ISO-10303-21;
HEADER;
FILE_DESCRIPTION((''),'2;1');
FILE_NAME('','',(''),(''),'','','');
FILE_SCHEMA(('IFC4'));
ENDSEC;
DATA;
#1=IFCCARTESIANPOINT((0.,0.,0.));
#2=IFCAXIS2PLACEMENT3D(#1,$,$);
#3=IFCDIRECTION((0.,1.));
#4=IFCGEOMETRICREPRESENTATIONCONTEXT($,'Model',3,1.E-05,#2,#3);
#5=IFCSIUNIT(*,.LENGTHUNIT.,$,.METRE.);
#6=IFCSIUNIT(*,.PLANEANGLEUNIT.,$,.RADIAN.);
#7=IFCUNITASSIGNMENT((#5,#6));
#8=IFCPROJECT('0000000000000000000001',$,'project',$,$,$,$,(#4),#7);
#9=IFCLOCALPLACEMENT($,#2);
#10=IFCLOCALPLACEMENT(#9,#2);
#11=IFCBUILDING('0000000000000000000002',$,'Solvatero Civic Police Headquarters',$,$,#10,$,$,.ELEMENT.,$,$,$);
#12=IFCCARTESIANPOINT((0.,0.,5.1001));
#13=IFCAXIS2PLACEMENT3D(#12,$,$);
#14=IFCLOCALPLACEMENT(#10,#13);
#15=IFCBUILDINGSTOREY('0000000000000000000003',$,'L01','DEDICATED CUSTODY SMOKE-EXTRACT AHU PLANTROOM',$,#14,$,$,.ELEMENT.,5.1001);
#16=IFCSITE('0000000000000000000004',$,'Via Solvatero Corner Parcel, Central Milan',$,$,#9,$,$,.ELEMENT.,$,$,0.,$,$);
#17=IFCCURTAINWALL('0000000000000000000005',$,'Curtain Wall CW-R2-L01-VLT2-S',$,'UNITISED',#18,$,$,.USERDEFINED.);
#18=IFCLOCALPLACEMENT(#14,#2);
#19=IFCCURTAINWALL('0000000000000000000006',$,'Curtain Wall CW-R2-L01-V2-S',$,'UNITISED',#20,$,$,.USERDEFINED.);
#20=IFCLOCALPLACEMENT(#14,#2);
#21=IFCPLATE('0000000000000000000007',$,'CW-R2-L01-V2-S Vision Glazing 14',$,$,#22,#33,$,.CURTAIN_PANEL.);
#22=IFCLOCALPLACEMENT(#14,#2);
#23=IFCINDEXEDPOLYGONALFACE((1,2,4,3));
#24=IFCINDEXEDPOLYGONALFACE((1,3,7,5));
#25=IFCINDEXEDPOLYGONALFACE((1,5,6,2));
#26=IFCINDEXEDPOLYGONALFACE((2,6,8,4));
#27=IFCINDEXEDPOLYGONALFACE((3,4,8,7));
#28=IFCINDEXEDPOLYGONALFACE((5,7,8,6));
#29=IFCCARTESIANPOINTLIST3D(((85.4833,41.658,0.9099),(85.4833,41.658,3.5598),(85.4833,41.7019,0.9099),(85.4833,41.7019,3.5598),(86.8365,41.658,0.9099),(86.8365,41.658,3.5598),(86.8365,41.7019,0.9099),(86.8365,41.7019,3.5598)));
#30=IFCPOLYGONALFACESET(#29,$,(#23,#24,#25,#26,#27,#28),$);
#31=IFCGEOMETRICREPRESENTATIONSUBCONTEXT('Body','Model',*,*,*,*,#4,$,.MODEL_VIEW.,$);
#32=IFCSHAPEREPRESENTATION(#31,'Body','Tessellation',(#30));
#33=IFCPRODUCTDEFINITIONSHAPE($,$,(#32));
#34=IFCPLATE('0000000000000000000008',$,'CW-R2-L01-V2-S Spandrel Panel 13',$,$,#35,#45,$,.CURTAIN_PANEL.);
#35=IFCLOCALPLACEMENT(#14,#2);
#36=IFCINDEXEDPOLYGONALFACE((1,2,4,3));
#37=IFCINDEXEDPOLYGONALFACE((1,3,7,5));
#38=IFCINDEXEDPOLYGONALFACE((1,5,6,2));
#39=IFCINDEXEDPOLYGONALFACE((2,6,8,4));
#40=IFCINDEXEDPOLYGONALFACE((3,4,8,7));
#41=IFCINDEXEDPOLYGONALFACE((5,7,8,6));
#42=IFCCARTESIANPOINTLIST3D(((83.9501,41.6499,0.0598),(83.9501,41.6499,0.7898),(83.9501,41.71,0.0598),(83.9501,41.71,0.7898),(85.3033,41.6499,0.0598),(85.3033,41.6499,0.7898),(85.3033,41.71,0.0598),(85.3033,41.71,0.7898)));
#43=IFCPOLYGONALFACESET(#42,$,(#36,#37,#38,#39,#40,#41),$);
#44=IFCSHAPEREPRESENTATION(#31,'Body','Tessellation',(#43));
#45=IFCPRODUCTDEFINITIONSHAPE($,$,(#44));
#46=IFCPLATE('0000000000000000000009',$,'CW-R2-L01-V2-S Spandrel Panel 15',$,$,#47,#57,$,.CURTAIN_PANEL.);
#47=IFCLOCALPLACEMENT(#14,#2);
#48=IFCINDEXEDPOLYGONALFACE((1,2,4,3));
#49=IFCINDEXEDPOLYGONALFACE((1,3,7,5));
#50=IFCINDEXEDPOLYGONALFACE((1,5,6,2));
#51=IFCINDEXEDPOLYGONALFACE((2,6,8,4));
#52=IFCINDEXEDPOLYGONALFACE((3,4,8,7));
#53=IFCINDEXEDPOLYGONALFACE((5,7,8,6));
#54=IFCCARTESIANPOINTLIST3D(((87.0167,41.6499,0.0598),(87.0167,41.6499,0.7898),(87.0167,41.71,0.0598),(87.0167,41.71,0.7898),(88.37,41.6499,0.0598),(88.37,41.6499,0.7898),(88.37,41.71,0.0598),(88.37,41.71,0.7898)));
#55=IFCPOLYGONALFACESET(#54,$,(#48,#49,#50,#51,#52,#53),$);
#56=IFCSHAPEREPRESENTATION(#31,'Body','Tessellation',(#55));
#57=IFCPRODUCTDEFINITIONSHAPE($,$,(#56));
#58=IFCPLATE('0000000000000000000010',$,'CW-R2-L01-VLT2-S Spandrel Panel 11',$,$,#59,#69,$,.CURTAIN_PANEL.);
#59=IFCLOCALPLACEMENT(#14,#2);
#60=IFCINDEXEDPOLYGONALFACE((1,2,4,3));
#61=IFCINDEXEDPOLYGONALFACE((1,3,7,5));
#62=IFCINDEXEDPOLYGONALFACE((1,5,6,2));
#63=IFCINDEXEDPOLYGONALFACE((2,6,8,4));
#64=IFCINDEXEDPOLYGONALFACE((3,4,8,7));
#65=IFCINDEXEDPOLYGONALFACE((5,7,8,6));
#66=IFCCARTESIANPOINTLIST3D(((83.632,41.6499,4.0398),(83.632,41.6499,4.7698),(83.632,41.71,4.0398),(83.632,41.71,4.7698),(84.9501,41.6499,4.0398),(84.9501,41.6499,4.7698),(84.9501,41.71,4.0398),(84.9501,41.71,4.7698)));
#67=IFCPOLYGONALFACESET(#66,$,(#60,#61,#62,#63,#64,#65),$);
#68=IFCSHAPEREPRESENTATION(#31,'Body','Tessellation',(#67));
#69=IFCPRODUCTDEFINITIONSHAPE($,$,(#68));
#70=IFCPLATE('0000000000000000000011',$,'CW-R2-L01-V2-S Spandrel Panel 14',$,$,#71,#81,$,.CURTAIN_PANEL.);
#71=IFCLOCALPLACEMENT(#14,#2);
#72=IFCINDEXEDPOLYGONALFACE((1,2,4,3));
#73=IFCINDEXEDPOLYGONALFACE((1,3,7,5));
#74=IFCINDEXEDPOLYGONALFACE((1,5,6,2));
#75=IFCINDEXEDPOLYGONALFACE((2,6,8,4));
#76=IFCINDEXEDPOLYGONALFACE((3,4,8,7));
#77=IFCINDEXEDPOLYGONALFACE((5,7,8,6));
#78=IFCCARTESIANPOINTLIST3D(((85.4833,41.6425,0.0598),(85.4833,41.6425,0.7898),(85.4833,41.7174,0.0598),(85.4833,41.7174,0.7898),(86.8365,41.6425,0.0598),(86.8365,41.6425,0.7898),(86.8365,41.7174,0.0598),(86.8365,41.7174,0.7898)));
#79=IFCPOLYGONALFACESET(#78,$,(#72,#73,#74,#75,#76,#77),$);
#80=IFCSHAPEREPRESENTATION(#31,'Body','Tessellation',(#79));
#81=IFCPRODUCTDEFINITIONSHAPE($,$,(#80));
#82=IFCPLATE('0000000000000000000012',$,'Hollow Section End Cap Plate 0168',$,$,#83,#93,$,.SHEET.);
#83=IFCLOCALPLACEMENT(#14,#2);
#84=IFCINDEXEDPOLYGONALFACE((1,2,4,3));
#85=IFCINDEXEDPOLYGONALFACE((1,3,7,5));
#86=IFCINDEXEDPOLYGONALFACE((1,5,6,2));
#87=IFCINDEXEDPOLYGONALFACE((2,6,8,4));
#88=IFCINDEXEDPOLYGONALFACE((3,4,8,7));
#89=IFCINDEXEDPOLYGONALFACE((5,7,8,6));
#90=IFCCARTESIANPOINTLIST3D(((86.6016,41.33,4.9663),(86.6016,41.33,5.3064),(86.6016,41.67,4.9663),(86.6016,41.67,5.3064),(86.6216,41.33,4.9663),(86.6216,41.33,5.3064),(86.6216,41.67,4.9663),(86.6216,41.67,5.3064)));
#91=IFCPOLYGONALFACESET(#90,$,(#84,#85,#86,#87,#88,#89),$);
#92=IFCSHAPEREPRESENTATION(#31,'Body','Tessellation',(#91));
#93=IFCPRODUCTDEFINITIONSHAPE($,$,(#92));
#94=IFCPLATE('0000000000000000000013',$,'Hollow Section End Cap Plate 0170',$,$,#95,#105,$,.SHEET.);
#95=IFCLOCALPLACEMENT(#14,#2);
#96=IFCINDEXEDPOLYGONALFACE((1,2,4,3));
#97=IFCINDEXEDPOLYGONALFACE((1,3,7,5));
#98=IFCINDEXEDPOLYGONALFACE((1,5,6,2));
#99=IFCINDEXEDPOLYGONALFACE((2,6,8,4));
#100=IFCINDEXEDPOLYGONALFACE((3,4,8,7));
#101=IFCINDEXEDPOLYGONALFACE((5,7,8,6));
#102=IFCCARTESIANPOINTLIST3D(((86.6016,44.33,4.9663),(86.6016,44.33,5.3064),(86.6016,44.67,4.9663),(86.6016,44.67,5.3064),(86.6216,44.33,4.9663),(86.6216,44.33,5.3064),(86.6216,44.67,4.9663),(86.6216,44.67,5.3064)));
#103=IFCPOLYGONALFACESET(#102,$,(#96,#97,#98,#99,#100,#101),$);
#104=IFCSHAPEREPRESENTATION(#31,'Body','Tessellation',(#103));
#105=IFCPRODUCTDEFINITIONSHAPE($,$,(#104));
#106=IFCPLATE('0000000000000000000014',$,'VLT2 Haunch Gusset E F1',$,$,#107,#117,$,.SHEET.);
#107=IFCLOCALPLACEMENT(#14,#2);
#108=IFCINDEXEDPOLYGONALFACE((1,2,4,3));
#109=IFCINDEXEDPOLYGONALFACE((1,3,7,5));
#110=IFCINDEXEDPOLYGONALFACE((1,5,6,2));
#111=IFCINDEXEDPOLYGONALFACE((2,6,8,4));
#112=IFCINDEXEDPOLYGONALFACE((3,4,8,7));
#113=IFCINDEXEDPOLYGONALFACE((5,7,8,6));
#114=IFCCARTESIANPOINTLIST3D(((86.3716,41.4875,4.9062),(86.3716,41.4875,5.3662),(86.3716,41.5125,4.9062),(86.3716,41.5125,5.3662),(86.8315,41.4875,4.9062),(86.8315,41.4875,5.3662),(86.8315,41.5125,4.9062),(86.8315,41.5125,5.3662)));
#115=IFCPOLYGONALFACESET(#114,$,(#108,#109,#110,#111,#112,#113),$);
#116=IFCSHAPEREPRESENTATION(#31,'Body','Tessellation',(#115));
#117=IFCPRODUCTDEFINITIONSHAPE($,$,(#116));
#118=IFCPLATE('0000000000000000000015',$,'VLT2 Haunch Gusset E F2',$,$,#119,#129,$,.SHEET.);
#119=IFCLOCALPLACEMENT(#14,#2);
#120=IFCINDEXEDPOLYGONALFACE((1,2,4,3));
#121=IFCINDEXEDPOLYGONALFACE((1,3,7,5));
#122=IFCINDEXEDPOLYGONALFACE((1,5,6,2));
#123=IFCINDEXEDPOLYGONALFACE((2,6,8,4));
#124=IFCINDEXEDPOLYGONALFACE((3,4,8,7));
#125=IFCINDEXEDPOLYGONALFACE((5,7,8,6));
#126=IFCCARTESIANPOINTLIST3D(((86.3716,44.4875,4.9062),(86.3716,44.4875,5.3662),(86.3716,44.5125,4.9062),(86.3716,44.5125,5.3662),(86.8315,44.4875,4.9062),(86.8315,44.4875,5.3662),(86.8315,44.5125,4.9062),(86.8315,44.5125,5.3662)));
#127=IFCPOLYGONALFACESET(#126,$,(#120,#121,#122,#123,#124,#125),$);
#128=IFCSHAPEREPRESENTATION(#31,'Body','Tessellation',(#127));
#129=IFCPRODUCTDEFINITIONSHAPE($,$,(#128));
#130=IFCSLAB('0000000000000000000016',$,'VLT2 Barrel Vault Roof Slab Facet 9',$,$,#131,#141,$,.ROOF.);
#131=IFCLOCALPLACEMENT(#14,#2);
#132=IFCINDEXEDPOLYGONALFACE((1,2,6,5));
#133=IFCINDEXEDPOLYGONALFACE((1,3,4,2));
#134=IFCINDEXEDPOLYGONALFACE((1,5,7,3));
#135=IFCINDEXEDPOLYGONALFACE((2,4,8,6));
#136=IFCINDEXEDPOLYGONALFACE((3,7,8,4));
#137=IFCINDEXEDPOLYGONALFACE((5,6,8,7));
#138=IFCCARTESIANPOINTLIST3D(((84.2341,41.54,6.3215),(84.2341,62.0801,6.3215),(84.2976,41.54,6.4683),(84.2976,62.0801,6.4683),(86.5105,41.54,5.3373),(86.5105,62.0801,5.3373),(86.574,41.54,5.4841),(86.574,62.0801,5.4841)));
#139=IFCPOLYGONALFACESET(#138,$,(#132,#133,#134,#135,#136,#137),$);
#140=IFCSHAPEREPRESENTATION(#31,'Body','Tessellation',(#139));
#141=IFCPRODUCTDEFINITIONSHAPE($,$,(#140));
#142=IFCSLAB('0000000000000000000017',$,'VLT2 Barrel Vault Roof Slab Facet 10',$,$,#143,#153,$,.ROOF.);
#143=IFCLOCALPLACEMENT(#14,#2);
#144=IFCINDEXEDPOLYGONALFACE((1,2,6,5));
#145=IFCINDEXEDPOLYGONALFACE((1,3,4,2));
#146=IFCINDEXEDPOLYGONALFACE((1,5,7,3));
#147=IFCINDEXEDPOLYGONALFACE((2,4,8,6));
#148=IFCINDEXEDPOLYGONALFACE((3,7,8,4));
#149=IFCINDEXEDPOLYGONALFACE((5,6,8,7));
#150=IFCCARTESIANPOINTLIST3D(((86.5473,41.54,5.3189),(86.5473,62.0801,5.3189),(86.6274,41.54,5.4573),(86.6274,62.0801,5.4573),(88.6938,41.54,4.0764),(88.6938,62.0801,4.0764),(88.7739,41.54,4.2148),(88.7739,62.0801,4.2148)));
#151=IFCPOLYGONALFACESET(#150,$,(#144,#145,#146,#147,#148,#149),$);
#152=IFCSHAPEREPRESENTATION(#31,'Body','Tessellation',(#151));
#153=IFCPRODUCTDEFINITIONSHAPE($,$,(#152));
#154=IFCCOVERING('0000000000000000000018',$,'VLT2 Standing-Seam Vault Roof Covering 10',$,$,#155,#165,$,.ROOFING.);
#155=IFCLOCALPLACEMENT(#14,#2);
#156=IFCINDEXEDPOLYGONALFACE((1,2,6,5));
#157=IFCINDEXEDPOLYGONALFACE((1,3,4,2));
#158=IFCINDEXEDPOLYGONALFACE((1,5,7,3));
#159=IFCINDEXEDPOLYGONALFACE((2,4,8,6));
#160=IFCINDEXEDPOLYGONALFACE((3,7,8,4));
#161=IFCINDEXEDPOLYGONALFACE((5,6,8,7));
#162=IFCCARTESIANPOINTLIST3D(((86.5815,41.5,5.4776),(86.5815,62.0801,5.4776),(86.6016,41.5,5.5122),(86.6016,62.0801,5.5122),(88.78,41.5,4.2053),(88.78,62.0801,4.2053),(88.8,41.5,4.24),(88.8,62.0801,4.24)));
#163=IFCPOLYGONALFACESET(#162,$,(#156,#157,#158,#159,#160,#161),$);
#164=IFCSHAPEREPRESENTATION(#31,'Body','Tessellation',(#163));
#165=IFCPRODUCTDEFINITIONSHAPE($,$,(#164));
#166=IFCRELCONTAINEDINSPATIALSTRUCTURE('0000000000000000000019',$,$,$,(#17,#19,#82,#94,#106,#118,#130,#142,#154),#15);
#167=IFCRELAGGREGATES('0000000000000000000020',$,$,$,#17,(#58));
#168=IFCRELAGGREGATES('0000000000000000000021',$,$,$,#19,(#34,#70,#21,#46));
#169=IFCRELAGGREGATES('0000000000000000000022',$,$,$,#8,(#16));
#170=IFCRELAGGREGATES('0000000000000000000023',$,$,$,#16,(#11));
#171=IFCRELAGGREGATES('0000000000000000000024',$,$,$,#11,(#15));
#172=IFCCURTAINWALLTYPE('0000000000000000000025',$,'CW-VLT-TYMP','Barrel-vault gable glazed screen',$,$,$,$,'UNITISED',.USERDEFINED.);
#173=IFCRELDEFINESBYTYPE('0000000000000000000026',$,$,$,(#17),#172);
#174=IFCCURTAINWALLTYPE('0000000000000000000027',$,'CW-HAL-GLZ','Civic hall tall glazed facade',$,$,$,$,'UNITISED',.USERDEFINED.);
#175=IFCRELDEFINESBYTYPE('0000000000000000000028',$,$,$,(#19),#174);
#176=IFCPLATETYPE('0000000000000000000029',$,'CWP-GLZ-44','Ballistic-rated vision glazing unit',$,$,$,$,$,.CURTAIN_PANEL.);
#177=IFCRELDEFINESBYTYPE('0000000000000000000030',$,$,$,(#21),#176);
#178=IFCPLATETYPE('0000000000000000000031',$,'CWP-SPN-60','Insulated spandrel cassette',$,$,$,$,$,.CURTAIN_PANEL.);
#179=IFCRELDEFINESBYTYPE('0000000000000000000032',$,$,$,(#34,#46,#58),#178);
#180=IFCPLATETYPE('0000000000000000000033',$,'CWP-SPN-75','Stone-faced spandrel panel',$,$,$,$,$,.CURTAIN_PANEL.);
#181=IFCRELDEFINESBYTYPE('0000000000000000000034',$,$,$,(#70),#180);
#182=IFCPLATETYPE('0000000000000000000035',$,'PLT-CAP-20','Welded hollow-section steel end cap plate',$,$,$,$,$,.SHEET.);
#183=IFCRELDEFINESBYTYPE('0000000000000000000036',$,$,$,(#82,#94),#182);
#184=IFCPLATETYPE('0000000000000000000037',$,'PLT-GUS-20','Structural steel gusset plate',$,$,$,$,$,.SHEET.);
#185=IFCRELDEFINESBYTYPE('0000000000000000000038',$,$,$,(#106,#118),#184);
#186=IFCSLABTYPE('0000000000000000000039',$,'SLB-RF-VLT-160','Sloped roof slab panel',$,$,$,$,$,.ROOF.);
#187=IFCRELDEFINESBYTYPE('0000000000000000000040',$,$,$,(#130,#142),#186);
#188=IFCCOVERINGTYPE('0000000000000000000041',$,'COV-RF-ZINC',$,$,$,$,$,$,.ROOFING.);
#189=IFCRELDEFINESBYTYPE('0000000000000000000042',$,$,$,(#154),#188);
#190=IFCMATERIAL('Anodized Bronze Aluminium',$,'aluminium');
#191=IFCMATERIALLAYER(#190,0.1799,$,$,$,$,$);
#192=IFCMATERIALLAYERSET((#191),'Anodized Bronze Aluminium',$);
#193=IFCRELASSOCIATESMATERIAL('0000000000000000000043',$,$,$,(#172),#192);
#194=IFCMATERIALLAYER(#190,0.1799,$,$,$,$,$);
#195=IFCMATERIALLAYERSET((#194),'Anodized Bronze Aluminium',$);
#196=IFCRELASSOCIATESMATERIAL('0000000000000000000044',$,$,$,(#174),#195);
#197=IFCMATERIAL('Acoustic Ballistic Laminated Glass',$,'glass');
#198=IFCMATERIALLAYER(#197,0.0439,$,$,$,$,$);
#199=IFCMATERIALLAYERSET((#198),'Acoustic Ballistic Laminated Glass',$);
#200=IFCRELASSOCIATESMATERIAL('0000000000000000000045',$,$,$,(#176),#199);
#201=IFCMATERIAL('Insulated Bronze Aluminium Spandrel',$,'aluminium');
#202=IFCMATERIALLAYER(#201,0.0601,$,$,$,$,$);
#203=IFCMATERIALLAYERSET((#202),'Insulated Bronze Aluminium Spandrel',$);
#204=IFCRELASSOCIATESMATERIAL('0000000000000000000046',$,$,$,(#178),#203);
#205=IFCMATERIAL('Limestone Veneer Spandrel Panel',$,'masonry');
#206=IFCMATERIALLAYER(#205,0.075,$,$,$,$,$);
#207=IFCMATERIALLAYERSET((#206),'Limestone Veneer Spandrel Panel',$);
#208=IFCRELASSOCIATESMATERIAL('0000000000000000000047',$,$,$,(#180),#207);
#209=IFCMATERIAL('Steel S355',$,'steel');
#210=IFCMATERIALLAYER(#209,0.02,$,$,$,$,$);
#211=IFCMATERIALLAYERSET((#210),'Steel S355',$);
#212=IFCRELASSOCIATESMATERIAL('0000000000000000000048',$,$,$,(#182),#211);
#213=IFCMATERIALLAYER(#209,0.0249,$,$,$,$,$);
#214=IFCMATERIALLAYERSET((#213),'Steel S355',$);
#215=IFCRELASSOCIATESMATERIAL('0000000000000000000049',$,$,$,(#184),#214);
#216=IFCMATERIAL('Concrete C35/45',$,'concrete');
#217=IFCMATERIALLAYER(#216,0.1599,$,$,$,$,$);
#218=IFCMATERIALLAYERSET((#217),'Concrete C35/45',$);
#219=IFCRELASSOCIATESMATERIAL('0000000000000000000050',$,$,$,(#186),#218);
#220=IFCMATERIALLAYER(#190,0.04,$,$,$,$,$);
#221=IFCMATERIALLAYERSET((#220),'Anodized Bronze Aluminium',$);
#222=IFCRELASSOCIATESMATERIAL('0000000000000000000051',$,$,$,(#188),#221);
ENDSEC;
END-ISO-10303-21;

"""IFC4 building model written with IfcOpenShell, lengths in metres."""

from ifc_helpers import new_model, si_unit, direction, frame, origin, origin_2d, place, context, subcontext, project, spatial, polyline, rectangle, outline, extrude, material, layer, layer_set, type_object, element, aggregate, save


model = new_model("IFC4")

# Units and contexts
model_context = context("Model", 3, precision=1e-05, world=origin(), true_north=direction((0.0, 1.0)))
body_context = subcontext(model_context, "Body", "Model", "MODEL_VIEW")
ifc_project = project(units=[si_unit("LENGTHUNIT", "METRE"), si_unit("PLANEANGLEUNIT", "RADIAN")], contexts=[model_context])

# Site, building, storey
site_placement = place(None, origin())
site = spatial("IfcSite", under=ifc_project, at=site_placement, Name="Via Solvatero Corner Parcel, Central Milan", CompositionType="ELEMENT", RefElevation=0.0)
building_placement = place(site_placement, origin())
building = spatial("IfcBuilding", under=site, at=building_placement, Name="Solvatero Civic Police Headquarters", CompositionType="ELEMENT")
storey_placement = place(building_placement, frame((0.0, 0.0, 5.1001)))
storey = spatial("IfcBuildingStorey", under=building, at=storey_placement, Name="L01", Description="DEDICATED CUSTODY SMOKE-EXTRACT AHU PLANTROOM", CompositionType="ELEMENT", Elevation=5.1001)

# Shared definitions
ifc_material_1 = material(Name="Steel S355", Category="steel")

# Curtain wall
ifc_material_2 = material(Name="Anodized Bronze Aluminium", Category="aluminium")
ifc_layer_1 = layer(ifc_material_2, 0.1799)
ifc_layer_set_1 = layer_set([ifc_layer_1], Name="Anodized Bronze Aluminium")
curtain_wall_type_1 = type_object("IfcCurtainWallType", Name="CW-VLT-TYMP", Description="Barrel-vault gable glazed screen", ElementType="UNITISED", PredefinedType="USERDEFINED", material=ifc_layer_set_1)
curtain_wall_1_placement = place(storey_placement, origin())
curtain_wall_1 = element("IfcCurtainWall", 1, at=curtain_wall_1_placement, inside=storey, type_object=curtain_wall_type_1, Name="Curtain Wall CW-R2-L01-VLT2-S", ObjectType="UNITISED", PredefinedType="USERDEFINED")

# Curtain wall
ifc_layer_2 = layer(ifc_material_2, 0.1799)
ifc_layer_set_2 = layer_set([ifc_layer_2], Name="Anodized Bronze Aluminium")
curtain_wall_type_2 = type_object("IfcCurtainWallType", Name="CW-HAL-GLZ", Description="Civic hall tall glazed facade", ElementType="UNITISED", PredefinedType="USERDEFINED", material=ifc_layer_set_2)
curtain_wall_2_placement = place(storey_placement, origin())
curtain_wall_2 = element("IfcCurtainWall", 2, at=curtain_wall_2_placement, inside=storey, type_object=curtain_wall_type_2, Name="Curtain Wall CW-R2-L01-V2-S", ObjectType="UNITISED", PredefinedType="USERDEFINED")

# Plates
ifc_material_3 = material(Name="Acoustic Ballistic Laminated Glass", Category="glass")
ifc_layer_3 = layer(ifc_material_3, 0.0439)
ifc_layer_set_3 = layer_set([ifc_layer_3], Name="Acoustic Ballistic Laminated Glass")
plate_type_1 = type_object("IfcPlateType", Name="CWP-GLZ-44", Description="Ballistic-rated vision glazing unit", PredefinedType="CURTAIN_PANEL", material=ifc_layer_set_3)
plate_1_placement = place(storey_placement, frame((86.1599, 41.6799, 0.9099), z_axis=(0.0, 0.0, 1.0), x_axis=(1.0, 0.0, 0.0)))
plate_1 = element("IfcPlate", 3, at=plate_1_placement, type_object=plate_type_1, Name="CW-R2-L01-V2-S Vision Glazing 14", PredefinedType="CURTAIN_PANEL", context=body_context, shape_type="SweptSolid", body=[
    extrude(rectangle(XDim=1.3533, YDim=0.0439, at=origin_2d()), origin(), (0.0, 0.0, 1.0), 2.6499),
])
ifc_material_4 = material(Name="Insulated Bronze Aluminium Spandrel", Category="aluminium")
ifc_layer_4 = layer(ifc_material_4, 0.0601)
ifc_layer_set_4 = layer_set([ifc_layer_4], Name="Insulated Bronze Aluminium Spandrel")
plate_type_2 = type_object("IfcPlateType", Name="CWP-SPN-60", Description="Insulated spandrel cassette", PredefinedType="CURTAIN_PANEL", material=ifc_layer_set_4)
plate_2_placement = place(storey_placement, frame((84.6267, 41.6799, 0.0598), z_axis=(0.0, 0.0, 1.0), x_axis=(1.0, 0.0, 0.0)))
plate_2 = element("IfcPlate", 4, at=plate_2_placement, type_object=plate_type_2, Name="CW-R2-L01-V2-S Spandrel Panel 13", PredefinedType="CURTAIN_PANEL", context=body_context, shape_type="SweptSolid", body=[
    extrude(rectangle(XDim=1.3533, YDim=0.0601, at=origin_2d()), origin(), (0.0, 0.0, 1.0), 0.73),
])
plate_3_placement = place(storey_placement, frame((87.6934, 41.6799, 0.0598), z_axis=(0.0, 0.0, 1.0), x_axis=(1.0, 0.0, 0.0)))
plate_3 = element("IfcPlate", 5, at=plate_3_placement, type_object=plate_type_2, Name="CW-R2-L01-V2-S Spandrel Panel 15", PredefinedType="CURTAIN_PANEL", context=body_context, shape_type="SweptSolid", body=[
    extrude(rectangle(XDim=1.3533, YDim=0.0601, at=origin_2d()), origin(), (0.0, 0.0, 1.0), 0.73),
])
plate_4_placement = place(storey_placement, frame((84.291, 41.6799, 4.0398), z_axis=(0.0, 0.0, 1.0), x_axis=(1.0, 0.0, 0.0)))
plate_4 = element("IfcPlate", 6, at=plate_4_placement, type_object=plate_type_2, Name="CW-R2-L01-VLT2-S Spandrel Panel 11", PredefinedType="CURTAIN_PANEL", context=body_context, shape_type="SweptSolid", body=[
    extrude(rectangle(XDim=1.3181, YDim=0.0601, at=origin_2d()), origin(), (0.0, 0.0, 1.0), 0.73),
])
aggregate(curtain_wall_1, [plate_4])
ifc_material_5 = material(Name="Limestone Veneer Spandrel Panel", Category="masonry")
ifc_layer_5 = layer(ifc_material_5, 0.075)
ifc_layer_set_5 = layer_set([ifc_layer_5], Name="Limestone Veneer Spandrel Panel")
plate_type_3 = type_object("IfcPlateType", Name="CWP-SPN-75", Description="Stone-faced spandrel panel", PredefinedType="CURTAIN_PANEL", material=ifc_layer_set_5)
plate_5_placement = place(storey_placement, frame((86.1599, 41.6799, 0.0598), z_axis=(0.0, 0.0, 1.0), x_axis=(1.0, 0.0, 0.0)))
plate_5 = element("IfcPlate", 7, at=plate_5_placement, type_object=plate_type_3, Name="CW-R2-L01-V2-S Spandrel Panel 14", PredefinedType="CURTAIN_PANEL", context=body_context, shape_type="SweptSolid", body=[
    extrude(rectangle(XDim=1.3533, YDim=0.075, at=origin_2d()), origin(), (0.0, 0.0, 1.0), 0.73),
])
aggregate(curtain_wall_2, [plate_2, plate_5, plate_1, plate_3])

# Plates
ifc_layer_6 = layer(ifc_material_1, 0.02)
ifc_layer_set_6 = layer_set([ifc_layer_6], Name="Steel S355")
plate_type_4 = type_object("IfcPlateType", Name="PLT-CAP-20", Description="Welded hollow-section steel end cap plate", PredefinedType="SHEET", material=ifc_layer_set_6)
for number, where, z_axis, x_axis, name in (
    (8, (86.6116, 41.5, 4.9663), (0.0, 0.0, 1.0), (1.0, 0.0, 0.0), "Hollow Section End Cap Plate 0168"),
    (9, (86.6116, 44.5, 4.9663), (0.0, 0.0, 1.0), (1.0, 0.0, 0.0), "Hollow Section End Cap Plate 0170"),
):
    element("IfcPlate", number, at=place(storey_placement, frame(where, z_axis=z_axis, x_axis=x_axis)), inside=storey, type_object=plate_type_4, Name=name, PredefinedType="SHEET", context=body_context, shape_type="SweptSolid", body=[
        extrude(rectangle(XDim=0.02, YDim=0.3401, at=origin_2d()), origin(), (0.0, 0.0, 1.0), 0.3401),
    ])
ifc_layer_7 = layer(ifc_material_1, 0.0249)
ifc_layer_set_7 = layer_set([ifc_layer_7], Name="Steel S355")
plate_type_5 = type_object("IfcPlateType", Name="PLT-GUS-20", Description="Structural steel gusset plate", PredefinedType="SHEET", material=ifc_layer_set_7)
for number, where, z_axis, x_axis, name in (
    (10, (86.6016, 41.5, 4.9062), (0.0, 0.0, 1.0), (1.0, 0.0, 0.0), "VLT2 Haunch Gusset E F1"),
    (11, (86.6016, 44.5, 4.9062), (0.0, 0.0, 1.0), (1.0, 0.0, 0.0), "VLT2 Haunch Gusset E F2"),
):
    element("IfcPlate", number, at=place(storey_placement, frame(where, z_axis=z_axis, x_axis=x_axis)), inside=storey, type_object=plate_type_5, Name=name, PredefinedType="SHEET", context=body_context, shape_type="SweptSolid", body=[
        extrude(rectangle(XDim=0.46, YDim=0.0249, at=origin_2d()), origin(), (0.0, 0.0, 1.0), 0.46),
    ])

# Slabs
ifc_material_6 = material(Name="Concrete C35/45", Category="concrete")
ifc_layer_8 = layer(ifc_material_6, 0.1599)
ifc_layer_set_8 = layer_set([ifc_layer_8], Name="Concrete C35/45")
slab_type = type_object("IfcSlabType", Name="SLB-RF-VLT-160", Description="Sloped roof slab panel", PredefinedType="ROOF", material=ifc_layer_set_8)
slab_1_placement = place(storey_placement, frame((84.2976, 41.54, 6.4683), z_axis=(0.396828, 0.0, 0.917893), x_axis=(0.917893, 0.0, -0.396828)))
element("IfcSlab", 12, at=slab_1_placement, inside=storey, type_object=slab_type, Name="VLT2 Barrel Vault Roof Slab Facet 9", PredefinedType="ROOF", context=body_context, shape_type="SweptSolid", body=[
    extrude(outline(polyline([(0.0, 0.0), (2.48, 0.0), (2.48, 20.54), (0.0, 20.54), (0.0, 0.0)])), origin(), (0.0, 0.0, -1.0), 0.1599),
])
slab_2_placement = place(storey_placement, frame((86.6274, 41.54, 5.4573), z_axis=(0.500955, 0.0, 0.865473), x_axis=(0.865473, 0.0, -0.500955)))
element("IfcSlab", 13, at=slab_2_placement, inside=storey, type_object=slab_type, Name="VLT2 Barrel Vault Roof Slab Facet 10", PredefinedType="ROOF", context=body_context, shape_type="SweptSolid", body=[
    extrude(outline(polyline([(0.0, 0.0), (2.4801, 0.0), (2.4801, 20.54), (0.0, 20.54), (0.0, 0.0)])), origin(), (0.0, 0.0, -1.0), 0.1599),
])

# Covering
ifc_layer_9 = layer(ifc_material_2, 0.04)
ifc_layer_set_9 = layer_set([ifc_layer_9], Name="Anodized Bronze Aluminium")
covering_type = type_object("IfcCoveringType", Name="COV-RF-ZINC", PredefinedType="ROOFING", material=ifc_layer_set_9)
covering_placement = place(storey_placement, frame((86.6016, 41.5, 5.5122), z_axis=(0.500862, 0.0, 0.865527), x_axis=(0.865527, 0.0, -0.500862)))
element("IfcCovering", 14, at=covering_placement, inside=storey, type_object=covering_type, Name="VLT2 Standing-Seam Vault Roof Covering 10", PredefinedType="ROOFING", context=body_context, shape_type="SweptSolid", body=[
    extrude(outline(polyline([(0.0, 0.0), (2.5401, 0.0), (2.5401, 20.5801), (0.0, 20.5801), (0.0, 0.0)])), origin(), (0.0, 0.0, -1.0), 0.04),
])

save(model, "model.ifc")
